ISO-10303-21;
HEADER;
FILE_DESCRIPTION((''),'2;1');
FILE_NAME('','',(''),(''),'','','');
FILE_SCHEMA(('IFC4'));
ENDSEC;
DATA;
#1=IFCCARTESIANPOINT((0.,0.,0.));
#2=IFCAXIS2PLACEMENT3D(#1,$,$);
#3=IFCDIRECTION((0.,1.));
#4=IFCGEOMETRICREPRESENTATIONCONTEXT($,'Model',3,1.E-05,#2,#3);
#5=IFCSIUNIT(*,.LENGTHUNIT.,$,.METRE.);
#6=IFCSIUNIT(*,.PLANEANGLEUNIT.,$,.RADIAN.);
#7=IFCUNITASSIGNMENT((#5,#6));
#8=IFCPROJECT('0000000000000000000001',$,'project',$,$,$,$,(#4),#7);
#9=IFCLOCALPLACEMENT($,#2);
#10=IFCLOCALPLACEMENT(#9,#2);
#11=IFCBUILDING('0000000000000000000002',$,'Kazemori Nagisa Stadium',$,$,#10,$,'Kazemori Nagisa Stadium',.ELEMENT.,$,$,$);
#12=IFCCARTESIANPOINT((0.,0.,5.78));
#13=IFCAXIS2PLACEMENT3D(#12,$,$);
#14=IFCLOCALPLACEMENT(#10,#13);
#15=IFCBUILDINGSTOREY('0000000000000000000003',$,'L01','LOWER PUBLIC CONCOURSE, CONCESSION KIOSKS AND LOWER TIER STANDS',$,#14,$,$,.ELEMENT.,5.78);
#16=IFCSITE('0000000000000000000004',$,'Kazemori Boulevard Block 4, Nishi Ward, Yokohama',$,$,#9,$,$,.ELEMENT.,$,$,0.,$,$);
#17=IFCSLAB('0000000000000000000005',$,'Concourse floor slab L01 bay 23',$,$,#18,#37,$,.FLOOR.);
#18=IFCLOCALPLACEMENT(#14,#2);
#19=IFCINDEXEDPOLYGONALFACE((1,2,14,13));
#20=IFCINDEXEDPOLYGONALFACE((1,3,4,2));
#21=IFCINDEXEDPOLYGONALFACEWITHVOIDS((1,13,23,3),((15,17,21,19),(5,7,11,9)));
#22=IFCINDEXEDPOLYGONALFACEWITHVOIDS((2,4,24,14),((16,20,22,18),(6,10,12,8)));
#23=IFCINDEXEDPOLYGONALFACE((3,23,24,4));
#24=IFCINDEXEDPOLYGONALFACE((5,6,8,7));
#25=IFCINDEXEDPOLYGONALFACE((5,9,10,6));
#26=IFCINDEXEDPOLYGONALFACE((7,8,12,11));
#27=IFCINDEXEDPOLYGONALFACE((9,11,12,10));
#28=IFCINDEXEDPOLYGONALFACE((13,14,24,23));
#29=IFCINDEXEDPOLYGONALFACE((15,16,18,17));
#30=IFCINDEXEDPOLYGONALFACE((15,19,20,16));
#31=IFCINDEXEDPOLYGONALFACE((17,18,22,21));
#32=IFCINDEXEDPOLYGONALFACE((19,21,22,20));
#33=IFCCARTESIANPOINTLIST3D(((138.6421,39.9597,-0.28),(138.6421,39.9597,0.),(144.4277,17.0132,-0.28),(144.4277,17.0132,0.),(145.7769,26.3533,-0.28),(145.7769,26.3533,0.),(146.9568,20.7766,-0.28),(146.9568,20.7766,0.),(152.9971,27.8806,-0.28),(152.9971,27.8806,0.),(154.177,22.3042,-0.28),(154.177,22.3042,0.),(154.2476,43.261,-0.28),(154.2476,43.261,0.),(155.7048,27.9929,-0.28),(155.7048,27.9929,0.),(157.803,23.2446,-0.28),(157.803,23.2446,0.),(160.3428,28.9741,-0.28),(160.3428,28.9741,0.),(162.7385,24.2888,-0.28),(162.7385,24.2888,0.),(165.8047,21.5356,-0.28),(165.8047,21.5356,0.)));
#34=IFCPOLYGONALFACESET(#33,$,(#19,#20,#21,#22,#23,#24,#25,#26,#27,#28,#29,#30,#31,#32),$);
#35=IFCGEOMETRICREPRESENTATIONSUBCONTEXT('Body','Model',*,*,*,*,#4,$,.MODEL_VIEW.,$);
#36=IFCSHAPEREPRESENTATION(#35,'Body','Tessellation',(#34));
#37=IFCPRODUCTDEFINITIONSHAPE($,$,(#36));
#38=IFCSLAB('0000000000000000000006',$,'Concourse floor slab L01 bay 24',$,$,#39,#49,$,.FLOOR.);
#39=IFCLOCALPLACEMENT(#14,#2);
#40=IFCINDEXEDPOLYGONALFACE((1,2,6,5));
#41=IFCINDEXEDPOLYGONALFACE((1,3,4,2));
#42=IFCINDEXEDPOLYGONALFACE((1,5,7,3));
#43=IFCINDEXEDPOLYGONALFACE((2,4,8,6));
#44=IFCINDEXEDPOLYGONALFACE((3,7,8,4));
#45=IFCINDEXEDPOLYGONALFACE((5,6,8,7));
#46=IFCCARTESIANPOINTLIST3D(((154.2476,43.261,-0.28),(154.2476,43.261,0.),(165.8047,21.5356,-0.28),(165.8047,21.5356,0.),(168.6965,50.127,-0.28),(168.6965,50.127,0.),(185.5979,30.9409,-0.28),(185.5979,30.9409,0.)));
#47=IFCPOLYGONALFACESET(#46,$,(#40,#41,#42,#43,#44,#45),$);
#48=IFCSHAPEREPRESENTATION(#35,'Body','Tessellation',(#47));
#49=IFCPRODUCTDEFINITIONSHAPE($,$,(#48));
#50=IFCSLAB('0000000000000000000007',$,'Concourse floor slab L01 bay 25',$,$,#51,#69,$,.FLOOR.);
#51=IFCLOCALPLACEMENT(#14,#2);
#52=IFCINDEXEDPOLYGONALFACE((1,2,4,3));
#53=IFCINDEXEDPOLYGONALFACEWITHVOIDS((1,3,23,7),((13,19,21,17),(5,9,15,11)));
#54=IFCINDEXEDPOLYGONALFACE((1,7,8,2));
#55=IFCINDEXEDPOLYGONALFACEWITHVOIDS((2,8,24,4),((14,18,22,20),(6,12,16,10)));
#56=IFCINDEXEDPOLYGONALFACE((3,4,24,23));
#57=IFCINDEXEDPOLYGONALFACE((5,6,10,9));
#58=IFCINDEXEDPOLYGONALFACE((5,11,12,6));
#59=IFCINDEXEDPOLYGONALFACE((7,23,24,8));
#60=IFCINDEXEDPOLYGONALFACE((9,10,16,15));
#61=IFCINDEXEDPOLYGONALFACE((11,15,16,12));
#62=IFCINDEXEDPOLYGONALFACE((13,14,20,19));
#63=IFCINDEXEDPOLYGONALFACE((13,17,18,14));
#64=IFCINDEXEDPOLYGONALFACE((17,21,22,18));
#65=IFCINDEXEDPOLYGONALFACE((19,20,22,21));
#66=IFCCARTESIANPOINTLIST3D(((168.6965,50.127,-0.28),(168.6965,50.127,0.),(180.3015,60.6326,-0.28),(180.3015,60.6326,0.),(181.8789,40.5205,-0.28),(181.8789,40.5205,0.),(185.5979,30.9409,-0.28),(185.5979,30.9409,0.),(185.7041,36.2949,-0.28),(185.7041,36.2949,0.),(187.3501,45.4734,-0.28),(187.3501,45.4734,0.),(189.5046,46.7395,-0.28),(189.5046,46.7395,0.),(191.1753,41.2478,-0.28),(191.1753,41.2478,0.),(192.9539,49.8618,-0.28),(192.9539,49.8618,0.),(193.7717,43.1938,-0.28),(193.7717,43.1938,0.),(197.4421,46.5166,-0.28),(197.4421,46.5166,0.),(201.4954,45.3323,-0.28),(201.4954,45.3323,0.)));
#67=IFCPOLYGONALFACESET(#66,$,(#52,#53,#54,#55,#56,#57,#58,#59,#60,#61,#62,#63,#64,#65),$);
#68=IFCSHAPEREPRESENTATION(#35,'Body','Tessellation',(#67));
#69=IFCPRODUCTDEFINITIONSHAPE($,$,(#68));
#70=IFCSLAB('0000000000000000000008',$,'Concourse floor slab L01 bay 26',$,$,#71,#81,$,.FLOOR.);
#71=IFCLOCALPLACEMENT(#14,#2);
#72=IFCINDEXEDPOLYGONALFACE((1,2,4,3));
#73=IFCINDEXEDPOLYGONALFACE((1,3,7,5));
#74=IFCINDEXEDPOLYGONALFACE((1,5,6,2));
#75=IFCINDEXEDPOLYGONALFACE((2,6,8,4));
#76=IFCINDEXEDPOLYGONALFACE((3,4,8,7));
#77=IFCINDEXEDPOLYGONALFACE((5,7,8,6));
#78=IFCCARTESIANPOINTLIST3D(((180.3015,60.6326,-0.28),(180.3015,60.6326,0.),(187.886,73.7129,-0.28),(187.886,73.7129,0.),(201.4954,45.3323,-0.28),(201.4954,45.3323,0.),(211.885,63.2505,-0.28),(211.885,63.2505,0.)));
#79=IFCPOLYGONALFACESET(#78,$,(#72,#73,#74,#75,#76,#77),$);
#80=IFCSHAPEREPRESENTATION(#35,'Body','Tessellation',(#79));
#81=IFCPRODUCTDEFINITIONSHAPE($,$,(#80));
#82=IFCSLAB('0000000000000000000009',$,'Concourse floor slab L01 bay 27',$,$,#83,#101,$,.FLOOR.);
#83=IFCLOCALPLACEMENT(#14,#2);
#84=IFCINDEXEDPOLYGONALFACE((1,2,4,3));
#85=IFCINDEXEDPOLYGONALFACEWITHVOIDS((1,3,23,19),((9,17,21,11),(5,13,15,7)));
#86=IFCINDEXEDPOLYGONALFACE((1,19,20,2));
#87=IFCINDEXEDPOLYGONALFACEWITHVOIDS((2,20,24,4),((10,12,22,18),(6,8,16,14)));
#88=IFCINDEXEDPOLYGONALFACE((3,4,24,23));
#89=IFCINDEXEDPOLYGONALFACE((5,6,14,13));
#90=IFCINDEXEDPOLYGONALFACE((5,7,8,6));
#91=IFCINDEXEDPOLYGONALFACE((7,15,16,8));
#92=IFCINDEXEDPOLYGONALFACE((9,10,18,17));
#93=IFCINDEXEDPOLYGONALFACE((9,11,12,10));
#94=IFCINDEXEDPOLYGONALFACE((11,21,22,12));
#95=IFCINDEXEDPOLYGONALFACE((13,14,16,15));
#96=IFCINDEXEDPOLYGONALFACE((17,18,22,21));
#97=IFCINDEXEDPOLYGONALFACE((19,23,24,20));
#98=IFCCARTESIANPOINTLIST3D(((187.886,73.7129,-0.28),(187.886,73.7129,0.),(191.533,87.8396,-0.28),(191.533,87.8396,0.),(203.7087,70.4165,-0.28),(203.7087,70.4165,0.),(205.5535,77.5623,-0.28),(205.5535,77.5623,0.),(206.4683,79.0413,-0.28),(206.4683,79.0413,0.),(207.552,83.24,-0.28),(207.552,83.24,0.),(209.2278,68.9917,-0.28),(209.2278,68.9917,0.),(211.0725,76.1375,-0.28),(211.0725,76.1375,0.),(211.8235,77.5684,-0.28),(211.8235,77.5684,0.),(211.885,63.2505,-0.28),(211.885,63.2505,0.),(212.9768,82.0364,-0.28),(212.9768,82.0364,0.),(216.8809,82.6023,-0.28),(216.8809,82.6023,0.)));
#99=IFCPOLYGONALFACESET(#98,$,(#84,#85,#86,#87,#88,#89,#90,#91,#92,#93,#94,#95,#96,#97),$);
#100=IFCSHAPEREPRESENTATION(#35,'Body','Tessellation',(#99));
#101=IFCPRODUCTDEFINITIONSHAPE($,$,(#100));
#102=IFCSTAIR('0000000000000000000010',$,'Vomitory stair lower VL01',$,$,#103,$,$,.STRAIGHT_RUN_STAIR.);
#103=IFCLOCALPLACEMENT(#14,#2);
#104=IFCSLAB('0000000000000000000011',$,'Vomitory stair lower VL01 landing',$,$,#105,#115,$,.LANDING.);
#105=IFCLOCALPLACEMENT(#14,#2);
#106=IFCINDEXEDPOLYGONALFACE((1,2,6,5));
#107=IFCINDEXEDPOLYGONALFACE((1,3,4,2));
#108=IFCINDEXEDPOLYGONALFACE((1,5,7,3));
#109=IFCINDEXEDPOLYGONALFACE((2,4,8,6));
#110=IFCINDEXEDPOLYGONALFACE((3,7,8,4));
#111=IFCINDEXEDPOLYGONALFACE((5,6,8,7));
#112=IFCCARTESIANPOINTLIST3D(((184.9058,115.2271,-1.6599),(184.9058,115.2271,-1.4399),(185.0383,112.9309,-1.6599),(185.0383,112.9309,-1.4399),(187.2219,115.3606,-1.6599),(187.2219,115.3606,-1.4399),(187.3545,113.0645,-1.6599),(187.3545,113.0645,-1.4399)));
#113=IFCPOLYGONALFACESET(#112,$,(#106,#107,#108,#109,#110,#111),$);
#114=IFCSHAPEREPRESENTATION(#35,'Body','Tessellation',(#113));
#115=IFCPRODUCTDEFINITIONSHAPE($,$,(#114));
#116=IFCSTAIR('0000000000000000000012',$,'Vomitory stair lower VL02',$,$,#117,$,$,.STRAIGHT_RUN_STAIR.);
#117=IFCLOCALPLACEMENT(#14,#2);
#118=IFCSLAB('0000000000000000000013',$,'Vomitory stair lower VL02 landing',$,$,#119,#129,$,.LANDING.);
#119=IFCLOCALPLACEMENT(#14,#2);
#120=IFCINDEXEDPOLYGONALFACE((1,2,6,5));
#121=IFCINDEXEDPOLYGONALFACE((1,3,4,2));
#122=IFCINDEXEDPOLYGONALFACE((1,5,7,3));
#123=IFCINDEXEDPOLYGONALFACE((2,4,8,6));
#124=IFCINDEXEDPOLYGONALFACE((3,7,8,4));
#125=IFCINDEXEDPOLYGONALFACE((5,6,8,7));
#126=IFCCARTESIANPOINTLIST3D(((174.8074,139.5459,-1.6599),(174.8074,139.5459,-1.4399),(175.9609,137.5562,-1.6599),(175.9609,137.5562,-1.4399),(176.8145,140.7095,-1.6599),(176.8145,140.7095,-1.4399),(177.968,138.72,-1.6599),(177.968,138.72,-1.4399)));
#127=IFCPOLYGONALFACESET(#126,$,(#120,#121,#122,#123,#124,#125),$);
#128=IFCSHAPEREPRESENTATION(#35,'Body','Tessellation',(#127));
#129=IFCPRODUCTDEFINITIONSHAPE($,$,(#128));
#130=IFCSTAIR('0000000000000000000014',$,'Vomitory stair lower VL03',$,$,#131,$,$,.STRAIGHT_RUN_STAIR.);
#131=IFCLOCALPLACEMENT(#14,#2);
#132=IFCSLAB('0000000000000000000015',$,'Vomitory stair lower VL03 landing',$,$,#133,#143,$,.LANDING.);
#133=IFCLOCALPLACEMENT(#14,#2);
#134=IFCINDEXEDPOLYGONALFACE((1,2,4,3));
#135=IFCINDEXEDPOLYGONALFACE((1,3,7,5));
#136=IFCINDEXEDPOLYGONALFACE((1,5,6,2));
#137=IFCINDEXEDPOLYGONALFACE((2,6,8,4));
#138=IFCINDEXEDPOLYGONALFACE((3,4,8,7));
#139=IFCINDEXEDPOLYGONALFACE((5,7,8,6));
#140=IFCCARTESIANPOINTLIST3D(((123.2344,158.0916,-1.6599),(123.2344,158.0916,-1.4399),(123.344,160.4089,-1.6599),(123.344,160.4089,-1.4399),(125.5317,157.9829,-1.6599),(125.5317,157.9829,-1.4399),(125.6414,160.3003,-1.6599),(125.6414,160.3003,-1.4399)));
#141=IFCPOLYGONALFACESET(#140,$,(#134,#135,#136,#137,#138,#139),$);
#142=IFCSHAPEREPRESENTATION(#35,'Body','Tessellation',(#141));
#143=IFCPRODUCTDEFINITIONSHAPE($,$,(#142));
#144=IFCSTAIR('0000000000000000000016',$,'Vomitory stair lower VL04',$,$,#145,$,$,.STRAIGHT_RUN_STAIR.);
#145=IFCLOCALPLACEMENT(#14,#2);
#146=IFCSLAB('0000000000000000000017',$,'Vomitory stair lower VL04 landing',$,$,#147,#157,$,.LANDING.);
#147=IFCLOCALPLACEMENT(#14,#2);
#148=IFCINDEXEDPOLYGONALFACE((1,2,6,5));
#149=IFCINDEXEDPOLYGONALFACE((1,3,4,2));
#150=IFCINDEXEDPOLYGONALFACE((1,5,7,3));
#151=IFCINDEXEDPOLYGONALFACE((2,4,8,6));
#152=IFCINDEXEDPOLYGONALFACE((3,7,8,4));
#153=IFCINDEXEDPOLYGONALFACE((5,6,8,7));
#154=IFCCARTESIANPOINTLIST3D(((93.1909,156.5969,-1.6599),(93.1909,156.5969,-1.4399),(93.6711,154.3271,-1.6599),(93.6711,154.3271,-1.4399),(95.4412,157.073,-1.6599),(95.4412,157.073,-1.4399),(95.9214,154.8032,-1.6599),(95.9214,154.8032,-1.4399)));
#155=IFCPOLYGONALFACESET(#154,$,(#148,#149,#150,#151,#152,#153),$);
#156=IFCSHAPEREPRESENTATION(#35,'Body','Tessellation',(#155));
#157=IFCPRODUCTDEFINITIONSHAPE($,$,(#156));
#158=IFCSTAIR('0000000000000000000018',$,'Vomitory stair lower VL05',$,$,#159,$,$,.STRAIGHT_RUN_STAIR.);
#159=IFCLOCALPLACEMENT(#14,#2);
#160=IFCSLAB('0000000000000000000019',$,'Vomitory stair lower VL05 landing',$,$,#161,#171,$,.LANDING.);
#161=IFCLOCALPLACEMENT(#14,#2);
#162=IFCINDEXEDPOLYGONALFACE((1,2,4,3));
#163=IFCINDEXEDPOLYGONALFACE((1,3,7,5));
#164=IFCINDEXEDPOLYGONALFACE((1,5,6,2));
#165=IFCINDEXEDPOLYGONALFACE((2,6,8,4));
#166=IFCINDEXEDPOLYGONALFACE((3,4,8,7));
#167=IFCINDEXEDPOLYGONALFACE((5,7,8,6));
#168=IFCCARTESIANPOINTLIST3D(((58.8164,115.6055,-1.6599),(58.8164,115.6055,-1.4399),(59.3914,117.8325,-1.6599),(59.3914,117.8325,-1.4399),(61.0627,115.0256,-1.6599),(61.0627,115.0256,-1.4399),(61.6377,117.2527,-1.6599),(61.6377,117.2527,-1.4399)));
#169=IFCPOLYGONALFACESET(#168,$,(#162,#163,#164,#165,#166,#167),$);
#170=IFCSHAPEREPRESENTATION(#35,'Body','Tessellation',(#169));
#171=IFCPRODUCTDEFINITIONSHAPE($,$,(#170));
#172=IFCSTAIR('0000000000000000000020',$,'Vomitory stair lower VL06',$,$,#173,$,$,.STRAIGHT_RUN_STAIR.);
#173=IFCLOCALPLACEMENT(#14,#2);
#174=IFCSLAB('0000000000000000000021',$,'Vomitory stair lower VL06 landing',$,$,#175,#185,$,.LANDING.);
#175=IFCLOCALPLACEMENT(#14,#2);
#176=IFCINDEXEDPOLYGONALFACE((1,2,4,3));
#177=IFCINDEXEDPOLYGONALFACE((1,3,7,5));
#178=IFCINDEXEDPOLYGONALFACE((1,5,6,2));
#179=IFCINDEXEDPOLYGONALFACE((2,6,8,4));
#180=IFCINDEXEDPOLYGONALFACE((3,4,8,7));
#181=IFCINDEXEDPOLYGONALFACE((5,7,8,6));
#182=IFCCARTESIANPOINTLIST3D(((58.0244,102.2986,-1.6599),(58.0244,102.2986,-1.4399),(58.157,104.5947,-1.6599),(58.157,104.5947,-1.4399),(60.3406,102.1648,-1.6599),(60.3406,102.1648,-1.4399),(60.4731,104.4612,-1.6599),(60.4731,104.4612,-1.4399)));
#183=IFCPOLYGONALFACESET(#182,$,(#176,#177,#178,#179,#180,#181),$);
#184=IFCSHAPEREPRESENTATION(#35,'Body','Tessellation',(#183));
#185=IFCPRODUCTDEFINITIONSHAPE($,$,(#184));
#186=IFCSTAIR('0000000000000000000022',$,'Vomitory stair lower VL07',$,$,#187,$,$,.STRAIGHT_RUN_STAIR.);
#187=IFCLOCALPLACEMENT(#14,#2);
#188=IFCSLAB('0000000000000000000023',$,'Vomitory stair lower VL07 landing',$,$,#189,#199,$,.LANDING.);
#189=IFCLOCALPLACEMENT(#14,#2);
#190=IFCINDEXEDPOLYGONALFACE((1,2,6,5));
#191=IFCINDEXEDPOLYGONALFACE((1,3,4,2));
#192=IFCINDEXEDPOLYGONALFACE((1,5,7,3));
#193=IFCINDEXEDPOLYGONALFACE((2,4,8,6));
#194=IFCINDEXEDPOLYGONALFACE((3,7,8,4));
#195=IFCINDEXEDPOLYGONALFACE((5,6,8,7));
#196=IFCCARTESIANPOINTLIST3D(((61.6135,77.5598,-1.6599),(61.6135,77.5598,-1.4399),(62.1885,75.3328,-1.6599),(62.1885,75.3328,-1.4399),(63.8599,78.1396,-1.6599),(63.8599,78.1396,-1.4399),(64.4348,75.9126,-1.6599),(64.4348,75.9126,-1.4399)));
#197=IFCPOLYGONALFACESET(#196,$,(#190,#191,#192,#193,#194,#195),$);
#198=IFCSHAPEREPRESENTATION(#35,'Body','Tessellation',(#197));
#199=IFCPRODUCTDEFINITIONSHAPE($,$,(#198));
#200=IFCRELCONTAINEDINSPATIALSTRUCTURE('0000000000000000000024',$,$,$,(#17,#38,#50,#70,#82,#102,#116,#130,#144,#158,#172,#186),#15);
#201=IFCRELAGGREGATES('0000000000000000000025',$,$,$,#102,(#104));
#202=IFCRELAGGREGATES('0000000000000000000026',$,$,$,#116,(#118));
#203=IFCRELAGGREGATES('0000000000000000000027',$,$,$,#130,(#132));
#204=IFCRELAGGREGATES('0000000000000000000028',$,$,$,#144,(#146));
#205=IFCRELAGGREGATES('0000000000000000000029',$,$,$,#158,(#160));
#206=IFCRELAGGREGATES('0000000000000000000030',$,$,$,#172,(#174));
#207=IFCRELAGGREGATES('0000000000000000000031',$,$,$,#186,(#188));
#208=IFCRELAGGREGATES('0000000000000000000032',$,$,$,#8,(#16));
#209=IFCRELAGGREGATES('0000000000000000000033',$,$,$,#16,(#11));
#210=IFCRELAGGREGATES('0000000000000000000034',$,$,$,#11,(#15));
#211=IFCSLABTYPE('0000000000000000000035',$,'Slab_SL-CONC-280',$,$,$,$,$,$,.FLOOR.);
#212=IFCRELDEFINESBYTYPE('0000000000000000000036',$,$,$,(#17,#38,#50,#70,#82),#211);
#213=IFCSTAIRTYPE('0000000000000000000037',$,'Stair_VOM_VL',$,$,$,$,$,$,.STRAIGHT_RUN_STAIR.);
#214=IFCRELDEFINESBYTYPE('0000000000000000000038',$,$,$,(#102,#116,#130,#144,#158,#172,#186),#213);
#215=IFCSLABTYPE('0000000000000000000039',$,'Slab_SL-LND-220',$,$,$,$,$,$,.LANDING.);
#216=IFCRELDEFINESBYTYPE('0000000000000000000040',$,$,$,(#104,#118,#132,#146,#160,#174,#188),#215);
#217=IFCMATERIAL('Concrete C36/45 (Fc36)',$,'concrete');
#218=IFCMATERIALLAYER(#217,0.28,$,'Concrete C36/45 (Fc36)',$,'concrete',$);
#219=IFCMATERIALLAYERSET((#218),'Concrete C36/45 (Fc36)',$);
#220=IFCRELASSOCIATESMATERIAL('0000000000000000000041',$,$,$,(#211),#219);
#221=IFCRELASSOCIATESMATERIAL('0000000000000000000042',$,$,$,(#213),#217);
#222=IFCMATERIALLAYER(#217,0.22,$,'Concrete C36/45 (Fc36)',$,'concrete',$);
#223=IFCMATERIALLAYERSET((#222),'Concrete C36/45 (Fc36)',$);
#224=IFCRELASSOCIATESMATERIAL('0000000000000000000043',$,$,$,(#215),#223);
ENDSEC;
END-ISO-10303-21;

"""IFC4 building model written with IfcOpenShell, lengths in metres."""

from ifc_helpers import new_model, si_unit, direction, frame, origin, place, context, subcontext, project, spatial, polyline, outline, extrude, material, layer, layer_set, type_object, element, aggregate, save


model = new_model("IFC4")

# Units and contexts
model_context = context("Model", 3, precision=1e-05, world=origin(), true_north=direction((0.0, 1.0)))
body_context = subcontext(model_context, "Body", "Model", "MODEL_VIEW")
ifc_project = project(units=[si_unit("LENGTHUNIT", "METRE"), si_unit("PLANEANGLEUNIT", "RADIAN")], contexts=[model_context])

# Site, building, storey
site_placement = place(None, origin())
site = spatial("IfcSite", under=ifc_project, at=site_placement, Name="Kazemori Boulevard Block 4, Nishi Ward, Yokohama", CompositionType="ELEMENT", RefElevation=0.0)
building_placement = place(site_placement, origin())
building = spatial("IfcBuilding", under=site, at=building_placement, Name="Kazemori Nagisa Stadium", LongName="Kazemori Nagisa Stadium", CompositionType="ELEMENT")
storey_placement = place(building_placement, frame((0.0, 0.0, 5.78)))
storey = spatial("IfcBuildingStorey", under=building, at=storey_placement, Name="L01", Description="LOWER PUBLIC CONCOURSE, CONCESSION KIOSKS AND LOWER TIER STANDS", CompositionType="ELEMENT", Elevation=5.78)

# Slabs
ifc_material = material(Name="Concrete C36/45 (Fc36)", Category="concrete")
ifc_layer_1 = layer(ifc_material, 0.28, Name="Concrete C36/45 (Fc36)", Category="concrete")
ifc_layer_set_1 = layer_set([ifc_layer_1], Name="Concrete C36/45 (Fc36)")
slab_type_1 = type_object("IfcSlabType", Name="Slab_SL-CONC-280", PredefinedType="FLOOR", material=ifc_layer_set_1)
slab_1_placement = place(storey_placement, frame((0.0, 0.0, -0.28)))
element("IfcSlab", 1, at=slab_1_placement, inside=storey, type_object=slab_type_1, Name="Concourse floor slab L01 bay 23", PredefinedType="FLOOR", context=body_context, shape_type="SweptSolid", body=[
    extrude(outline(polyline([(138.6421, 39.9597), (154.2476, 43.261), (165.8047, 21.5356), (144.4277, 17.0132), (138.6421, 39.9597)]), holes=[polyline([(145.7769, 26.3533), (152.9971, 27.8806), (154.177, 22.3042), (146.9568, 20.7766), (145.7769, 26.3533)]), polyline([(155.7048, 27.9929), (160.3428, 28.9741), (162.7385, 24.2888), (157.803, 23.2446), (155.7048, 27.9929)])]), origin(), (0.0, 0.0, 1.0), 0.28),
])
slab_2_placement = place(storey_placement, frame((0.0, 0.0, -0.28)))
element("IfcSlab", 2, at=slab_2_placement, inside=storey, type_object=slab_type_1, Name="Concourse floor slab L01 bay 24", PredefinedType="FLOOR", context=body_context, shape_type="SweptSolid", body=[
    extrude(outline(polyline([(154.2476, 43.261), (168.6965, 50.127), (185.5979, 30.9409), (165.8047, 21.5356), (154.2476, 43.261)])), origin(), (0.0, 0.0, 1.0), 0.28),
])
slab_3_placement = place(storey_placement, frame((0.0, 0.0, -0.28)))
element("IfcSlab", 3, at=slab_3_placement, inside=storey, type_object=slab_type_1, Name="Concourse floor slab L01 bay 25", PredefinedType="FLOOR", context=body_context, shape_type="SweptSolid", body=[
    extrude(outline(polyline([(168.6965, 50.127), (180.3015, 60.6326), (201.4954, 45.3323), (185.5979, 30.9409), (168.6965, 50.127)]), holes=[polyline([(181.8789, 40.5205), (187.3501, 45.4734), (191.1753, 41.2478), (185.7041, 36.2949), (181.8789, 40.5205)]), polyline([(189.5046, 46.7395), (192.9539, 49.8618), (197.4421, 46.5166), (193.7717, 43.1938), (189.5046, 46.7395)])]), origin(), (0.0, 0.0, 1.0), 0.28),
])
slab_4_placement = place(storey_placement, frame((0.0, 0.0, -0.28)))
element("IfcSlab", 4, at=slab_4_placement, inside=storey, type_object=slab_type_1, Name="Concourse floor slab L01 bay 26", PredefinedType="FLOOR", context=body_context, shape_type="SweptSolid", body=[
    extrude(outline(polyline([(180.3015, 60.6326), (187.886, 73.7129), (211.885, 63.2505), (201.4954, 45.3323), (180.3015, 60.6326)])), origin(), (0.0, 0.0, 1.0), 0.28),
])
slab_5_placement = place(storey_placement, frame((0.0, 0.0, -0.28)))
element("IfcSlab", 5, at=slab_5_placement, inside=storey, type_object=slab_type_1, Name="Concourse floor slab L01 bay 27", PredefinedType="FLOOR", context=body_context, shape_type="SweptSolid", body=[
    extrude(outline(polyline([(187.886, 73.7129), (191.533, 87.8396), (216.8809, 82.6023), (211.885, 63.2505), (187.886, 73.7129)]), holes=[polyline([(203.7087, 70.4165), (205.5535, 77.5623), (211.0725, 76.1375), (209.2278, 68.9917), (203.7087, 70.4165)]), polyline([(206.4683, 79.0413), (207.552, 83.24), (212.9768, 82.0364), (211.8235, 77.5684), (206.4683, 79.0413)])]), origin(), (0.0, 0.0, 1.0), 0.28),
])

# Stairs, slabs
stair_type = type_object("IfcStairType", Name="Stair_VOM_VL", PredefinedType="STRAIGHT_RUN_STAIR", material=ifc_material)
stair_1_placement = place(storey_placement, origin())
stair_1 = element("IfcStair", 6, at=stair_1_placement, inside=storey, type_object=stair_type, Name="Vomitory stair lower VL01", PredefinedType="STRAIGHT_RUN_STAIR")
ifc_layer_2 = layer(ifc_material, 0.22, Name="Concrete C36/45 (Fc36)", Category="concrete")
ifc_layer_set_2 = layer_set([ifc_layer_2], Name="Concrete C36/45 (Fc36)")
slab_type_2 = type_object("IfcSlabType", Name="Slab_SL-LND-220", PredefinedType="LANDING", material=ifc_layer_set_2)
slab_6_placement = place(storey_placement, frame((0.0, 0.0, -1.6599)))
slab_6 = element("IfcSlab", 7, at=slab_6_placement, type_object=slab_type_2, Name="Vomitory stair lower VL01 landing", PredefinedType="LANDING", context=body_context, shape_type="SweptSolid", body=[
    extrude(outline(polyline([(187.2219, 115.3606), (187.3545, 113.0645), (185.0383, 112.9309), (184.9058, 115.2271), (187.2219, 115.3606)])), origin(), (0.0, 0.0, 1.0), 0.22),
])
aggregate(stair_1, [slab_6])
stair_2_placement = place(storey_placement, origin())
stair_2 = element("IfcStair", 8, at=stair_2_placement, inside=storey, type_object=stair_type, Name="Vomitory stair lower VL02", PredefinedType="STRAIGHT_RUN_STAIR")
slab_7_placement = place(storey_placement, frame((0.0, 0.0, -1.6599)))
slab_7 = element("IfcSlab", 9, at=slab_7_placement, type_object=slab_type_2, Name="Vomitory stair lower VL02 landing", PredefinedType="LANDING", context=body_context, shape_type="SweptSolid", body=[
    extrude(outline(polyline([(176.8145, 140.7095), (177.968, 138.72), (175.9609, 137.5562), (174.8074, 139.5459), (176.8145, 140.7095)])), origin(), (0.0, 0.0, 1.0), 0.22),
])
aggregate(stair_2, [slab_7])
stair_3_placement = place(storey_placement, origin())
stair_3 = element("IfcStair", 10, at=stair_3_placement, inside=storey, type_object=stair_type, Name="Vomitory stair lower VL03", PredefinedType="STRAIGHT_RUN_STAIR")
slab_8_placement = place(storey_placement, frame((0.0, 0.0, -1.6599)))
slab_8 = element("IfcSlab", 11, at=slab_8_placement, type_object=slab_type_2, Name="Vomitory stair lower VL03 landing", PredefinedType="LANDING", context=body_context, shape_type="SweptSolid", body=[
    extrude(outline(polyline([(123.344, 160.4089), (125.6414, 160.3003), (125.5317, 157.9829), (123.2344, 158.0916), (123.344, 160.4089)])), origin(), (0.0, 0.0, 1.0), 0.22),
])
aggregate(stair_3, [slab_8])
stair_4_placement = place(storey_placement, origin())
stair_4 = element("IfcStair", 12, at=stair_4_placement, inside=storey, type_object=stair_type, Name="Vomitory stair lower VL04", PredefinedType="STRAIGHT_RUN_STAIR")
slab_9_placement = place(storey_placement, frame((0.0, 0.0, -1.6599)))
slab_9 = element("IfcSlab", 13, at=slab_9_placement, type_object=slab_type_2, Name="Vomitory stair lower VL04 landing", PredefinedType="LANDING", context=body_context, shape_type="SweptSolid", body=[
    extrude(outline(polyline([(93.1909, 156.5969), (95.4412, 157.073), (95.9214, 154.8032), (93.6711, 154.3271), (93.1909, 156.5969)])), origin(), (0.0, 0.0, 1.0), 0.22),
])
aggregate(stair_4, [slab_9])
stair_5_placement = place(storey_placement, origin())
stair_5 = element("IfcStair", 14, at=stair_5_placement, inside=storey, type_object=stair_type, Name="Vomitory stair lower VL05", PredefinedType="STRAIGHT_RUN_STAIR")
slab_10_placement = place(storey_placement, frame((0.0, 0.0, -1.6599)))
slab_10 = element("IfcSlab", 15, at=slab_10_placement, type_object=slab_type_2, Name="Vomitory stair lower VL05 landing", PredefinedType="LANDING", context=body_context, shape_type="SweptSolid", body=[
    extrude(outline(polyline([(58.8164, 115.6055), (59.3914, 117.8325), (61.6377, 117.2527), (61.0627, 115.0256), (58.8164, 115.6055)])), origin(), (0.0, 0.0, 1.0), 0.22),
])
aggregate(stair_5, [slab_10])
stair_6_placement = place(storey_placement, origin())
stair_6 = element("IfcStair", 16, at=stair_6_placement, inside=storey, type_object=stair_type, Name="Vomitory stair lower VL06", PredefinedType="STRAIGHT_RUN_STAIR")
slab_11_placement = place(storey_placement, frame((0.0, 0.0, -1.6599)))
slab_11 = element("IfcSlab", 17, at=slab_11_placement, type_object=slab_type_2, Name="Vomitory stair lower VL06 landing", PredefinedType="LANDING", context=body_context, shape_type="SweptSolid", body=[
    extrude(outline(polyline([(58.0244, 102.2986), (58.157, 104.5947), (60.4731, 104.4612), (60.3406, 102.1648), (58.0244, 102.2986)])), origin(), (0.0, 0.0, 1.0), 0.22),
])
aggregate(stair_6, [slab_11])
stair_7_placement = place(storey_placement, origin())
stair_7 = element("IfcStair", 18, at=stair_7_placement, inside=storey, type_object=stair_type, Name="Vomitory stair lower VL07", PredefinedType="STRAIGHT_RUN_STAIR")
slab_12_placement = place(storey_placement, frame((0.0, 0.0, -1.6599)))
slab_12 = element("IfcSlab", 19, at=slab_12_placement, type_object=slab_type_2, Name="Vomitory stair lower VL07 landing", PredefinedType="LANDING", context=body_context, shape_type="SweptSolid", body=[
    extrude(outline(polyline([(62.1885, 75.3328), (61.6135, 77.5598), (63.8599, 78.1396), (64.4348, 75.9126), (62.1885, 75.3328)])), origin(), (0.0, 0.0, 1.0), 0.22),
])
aggregate(stair_7, [slab_12])

save(model, "model.ifc")
